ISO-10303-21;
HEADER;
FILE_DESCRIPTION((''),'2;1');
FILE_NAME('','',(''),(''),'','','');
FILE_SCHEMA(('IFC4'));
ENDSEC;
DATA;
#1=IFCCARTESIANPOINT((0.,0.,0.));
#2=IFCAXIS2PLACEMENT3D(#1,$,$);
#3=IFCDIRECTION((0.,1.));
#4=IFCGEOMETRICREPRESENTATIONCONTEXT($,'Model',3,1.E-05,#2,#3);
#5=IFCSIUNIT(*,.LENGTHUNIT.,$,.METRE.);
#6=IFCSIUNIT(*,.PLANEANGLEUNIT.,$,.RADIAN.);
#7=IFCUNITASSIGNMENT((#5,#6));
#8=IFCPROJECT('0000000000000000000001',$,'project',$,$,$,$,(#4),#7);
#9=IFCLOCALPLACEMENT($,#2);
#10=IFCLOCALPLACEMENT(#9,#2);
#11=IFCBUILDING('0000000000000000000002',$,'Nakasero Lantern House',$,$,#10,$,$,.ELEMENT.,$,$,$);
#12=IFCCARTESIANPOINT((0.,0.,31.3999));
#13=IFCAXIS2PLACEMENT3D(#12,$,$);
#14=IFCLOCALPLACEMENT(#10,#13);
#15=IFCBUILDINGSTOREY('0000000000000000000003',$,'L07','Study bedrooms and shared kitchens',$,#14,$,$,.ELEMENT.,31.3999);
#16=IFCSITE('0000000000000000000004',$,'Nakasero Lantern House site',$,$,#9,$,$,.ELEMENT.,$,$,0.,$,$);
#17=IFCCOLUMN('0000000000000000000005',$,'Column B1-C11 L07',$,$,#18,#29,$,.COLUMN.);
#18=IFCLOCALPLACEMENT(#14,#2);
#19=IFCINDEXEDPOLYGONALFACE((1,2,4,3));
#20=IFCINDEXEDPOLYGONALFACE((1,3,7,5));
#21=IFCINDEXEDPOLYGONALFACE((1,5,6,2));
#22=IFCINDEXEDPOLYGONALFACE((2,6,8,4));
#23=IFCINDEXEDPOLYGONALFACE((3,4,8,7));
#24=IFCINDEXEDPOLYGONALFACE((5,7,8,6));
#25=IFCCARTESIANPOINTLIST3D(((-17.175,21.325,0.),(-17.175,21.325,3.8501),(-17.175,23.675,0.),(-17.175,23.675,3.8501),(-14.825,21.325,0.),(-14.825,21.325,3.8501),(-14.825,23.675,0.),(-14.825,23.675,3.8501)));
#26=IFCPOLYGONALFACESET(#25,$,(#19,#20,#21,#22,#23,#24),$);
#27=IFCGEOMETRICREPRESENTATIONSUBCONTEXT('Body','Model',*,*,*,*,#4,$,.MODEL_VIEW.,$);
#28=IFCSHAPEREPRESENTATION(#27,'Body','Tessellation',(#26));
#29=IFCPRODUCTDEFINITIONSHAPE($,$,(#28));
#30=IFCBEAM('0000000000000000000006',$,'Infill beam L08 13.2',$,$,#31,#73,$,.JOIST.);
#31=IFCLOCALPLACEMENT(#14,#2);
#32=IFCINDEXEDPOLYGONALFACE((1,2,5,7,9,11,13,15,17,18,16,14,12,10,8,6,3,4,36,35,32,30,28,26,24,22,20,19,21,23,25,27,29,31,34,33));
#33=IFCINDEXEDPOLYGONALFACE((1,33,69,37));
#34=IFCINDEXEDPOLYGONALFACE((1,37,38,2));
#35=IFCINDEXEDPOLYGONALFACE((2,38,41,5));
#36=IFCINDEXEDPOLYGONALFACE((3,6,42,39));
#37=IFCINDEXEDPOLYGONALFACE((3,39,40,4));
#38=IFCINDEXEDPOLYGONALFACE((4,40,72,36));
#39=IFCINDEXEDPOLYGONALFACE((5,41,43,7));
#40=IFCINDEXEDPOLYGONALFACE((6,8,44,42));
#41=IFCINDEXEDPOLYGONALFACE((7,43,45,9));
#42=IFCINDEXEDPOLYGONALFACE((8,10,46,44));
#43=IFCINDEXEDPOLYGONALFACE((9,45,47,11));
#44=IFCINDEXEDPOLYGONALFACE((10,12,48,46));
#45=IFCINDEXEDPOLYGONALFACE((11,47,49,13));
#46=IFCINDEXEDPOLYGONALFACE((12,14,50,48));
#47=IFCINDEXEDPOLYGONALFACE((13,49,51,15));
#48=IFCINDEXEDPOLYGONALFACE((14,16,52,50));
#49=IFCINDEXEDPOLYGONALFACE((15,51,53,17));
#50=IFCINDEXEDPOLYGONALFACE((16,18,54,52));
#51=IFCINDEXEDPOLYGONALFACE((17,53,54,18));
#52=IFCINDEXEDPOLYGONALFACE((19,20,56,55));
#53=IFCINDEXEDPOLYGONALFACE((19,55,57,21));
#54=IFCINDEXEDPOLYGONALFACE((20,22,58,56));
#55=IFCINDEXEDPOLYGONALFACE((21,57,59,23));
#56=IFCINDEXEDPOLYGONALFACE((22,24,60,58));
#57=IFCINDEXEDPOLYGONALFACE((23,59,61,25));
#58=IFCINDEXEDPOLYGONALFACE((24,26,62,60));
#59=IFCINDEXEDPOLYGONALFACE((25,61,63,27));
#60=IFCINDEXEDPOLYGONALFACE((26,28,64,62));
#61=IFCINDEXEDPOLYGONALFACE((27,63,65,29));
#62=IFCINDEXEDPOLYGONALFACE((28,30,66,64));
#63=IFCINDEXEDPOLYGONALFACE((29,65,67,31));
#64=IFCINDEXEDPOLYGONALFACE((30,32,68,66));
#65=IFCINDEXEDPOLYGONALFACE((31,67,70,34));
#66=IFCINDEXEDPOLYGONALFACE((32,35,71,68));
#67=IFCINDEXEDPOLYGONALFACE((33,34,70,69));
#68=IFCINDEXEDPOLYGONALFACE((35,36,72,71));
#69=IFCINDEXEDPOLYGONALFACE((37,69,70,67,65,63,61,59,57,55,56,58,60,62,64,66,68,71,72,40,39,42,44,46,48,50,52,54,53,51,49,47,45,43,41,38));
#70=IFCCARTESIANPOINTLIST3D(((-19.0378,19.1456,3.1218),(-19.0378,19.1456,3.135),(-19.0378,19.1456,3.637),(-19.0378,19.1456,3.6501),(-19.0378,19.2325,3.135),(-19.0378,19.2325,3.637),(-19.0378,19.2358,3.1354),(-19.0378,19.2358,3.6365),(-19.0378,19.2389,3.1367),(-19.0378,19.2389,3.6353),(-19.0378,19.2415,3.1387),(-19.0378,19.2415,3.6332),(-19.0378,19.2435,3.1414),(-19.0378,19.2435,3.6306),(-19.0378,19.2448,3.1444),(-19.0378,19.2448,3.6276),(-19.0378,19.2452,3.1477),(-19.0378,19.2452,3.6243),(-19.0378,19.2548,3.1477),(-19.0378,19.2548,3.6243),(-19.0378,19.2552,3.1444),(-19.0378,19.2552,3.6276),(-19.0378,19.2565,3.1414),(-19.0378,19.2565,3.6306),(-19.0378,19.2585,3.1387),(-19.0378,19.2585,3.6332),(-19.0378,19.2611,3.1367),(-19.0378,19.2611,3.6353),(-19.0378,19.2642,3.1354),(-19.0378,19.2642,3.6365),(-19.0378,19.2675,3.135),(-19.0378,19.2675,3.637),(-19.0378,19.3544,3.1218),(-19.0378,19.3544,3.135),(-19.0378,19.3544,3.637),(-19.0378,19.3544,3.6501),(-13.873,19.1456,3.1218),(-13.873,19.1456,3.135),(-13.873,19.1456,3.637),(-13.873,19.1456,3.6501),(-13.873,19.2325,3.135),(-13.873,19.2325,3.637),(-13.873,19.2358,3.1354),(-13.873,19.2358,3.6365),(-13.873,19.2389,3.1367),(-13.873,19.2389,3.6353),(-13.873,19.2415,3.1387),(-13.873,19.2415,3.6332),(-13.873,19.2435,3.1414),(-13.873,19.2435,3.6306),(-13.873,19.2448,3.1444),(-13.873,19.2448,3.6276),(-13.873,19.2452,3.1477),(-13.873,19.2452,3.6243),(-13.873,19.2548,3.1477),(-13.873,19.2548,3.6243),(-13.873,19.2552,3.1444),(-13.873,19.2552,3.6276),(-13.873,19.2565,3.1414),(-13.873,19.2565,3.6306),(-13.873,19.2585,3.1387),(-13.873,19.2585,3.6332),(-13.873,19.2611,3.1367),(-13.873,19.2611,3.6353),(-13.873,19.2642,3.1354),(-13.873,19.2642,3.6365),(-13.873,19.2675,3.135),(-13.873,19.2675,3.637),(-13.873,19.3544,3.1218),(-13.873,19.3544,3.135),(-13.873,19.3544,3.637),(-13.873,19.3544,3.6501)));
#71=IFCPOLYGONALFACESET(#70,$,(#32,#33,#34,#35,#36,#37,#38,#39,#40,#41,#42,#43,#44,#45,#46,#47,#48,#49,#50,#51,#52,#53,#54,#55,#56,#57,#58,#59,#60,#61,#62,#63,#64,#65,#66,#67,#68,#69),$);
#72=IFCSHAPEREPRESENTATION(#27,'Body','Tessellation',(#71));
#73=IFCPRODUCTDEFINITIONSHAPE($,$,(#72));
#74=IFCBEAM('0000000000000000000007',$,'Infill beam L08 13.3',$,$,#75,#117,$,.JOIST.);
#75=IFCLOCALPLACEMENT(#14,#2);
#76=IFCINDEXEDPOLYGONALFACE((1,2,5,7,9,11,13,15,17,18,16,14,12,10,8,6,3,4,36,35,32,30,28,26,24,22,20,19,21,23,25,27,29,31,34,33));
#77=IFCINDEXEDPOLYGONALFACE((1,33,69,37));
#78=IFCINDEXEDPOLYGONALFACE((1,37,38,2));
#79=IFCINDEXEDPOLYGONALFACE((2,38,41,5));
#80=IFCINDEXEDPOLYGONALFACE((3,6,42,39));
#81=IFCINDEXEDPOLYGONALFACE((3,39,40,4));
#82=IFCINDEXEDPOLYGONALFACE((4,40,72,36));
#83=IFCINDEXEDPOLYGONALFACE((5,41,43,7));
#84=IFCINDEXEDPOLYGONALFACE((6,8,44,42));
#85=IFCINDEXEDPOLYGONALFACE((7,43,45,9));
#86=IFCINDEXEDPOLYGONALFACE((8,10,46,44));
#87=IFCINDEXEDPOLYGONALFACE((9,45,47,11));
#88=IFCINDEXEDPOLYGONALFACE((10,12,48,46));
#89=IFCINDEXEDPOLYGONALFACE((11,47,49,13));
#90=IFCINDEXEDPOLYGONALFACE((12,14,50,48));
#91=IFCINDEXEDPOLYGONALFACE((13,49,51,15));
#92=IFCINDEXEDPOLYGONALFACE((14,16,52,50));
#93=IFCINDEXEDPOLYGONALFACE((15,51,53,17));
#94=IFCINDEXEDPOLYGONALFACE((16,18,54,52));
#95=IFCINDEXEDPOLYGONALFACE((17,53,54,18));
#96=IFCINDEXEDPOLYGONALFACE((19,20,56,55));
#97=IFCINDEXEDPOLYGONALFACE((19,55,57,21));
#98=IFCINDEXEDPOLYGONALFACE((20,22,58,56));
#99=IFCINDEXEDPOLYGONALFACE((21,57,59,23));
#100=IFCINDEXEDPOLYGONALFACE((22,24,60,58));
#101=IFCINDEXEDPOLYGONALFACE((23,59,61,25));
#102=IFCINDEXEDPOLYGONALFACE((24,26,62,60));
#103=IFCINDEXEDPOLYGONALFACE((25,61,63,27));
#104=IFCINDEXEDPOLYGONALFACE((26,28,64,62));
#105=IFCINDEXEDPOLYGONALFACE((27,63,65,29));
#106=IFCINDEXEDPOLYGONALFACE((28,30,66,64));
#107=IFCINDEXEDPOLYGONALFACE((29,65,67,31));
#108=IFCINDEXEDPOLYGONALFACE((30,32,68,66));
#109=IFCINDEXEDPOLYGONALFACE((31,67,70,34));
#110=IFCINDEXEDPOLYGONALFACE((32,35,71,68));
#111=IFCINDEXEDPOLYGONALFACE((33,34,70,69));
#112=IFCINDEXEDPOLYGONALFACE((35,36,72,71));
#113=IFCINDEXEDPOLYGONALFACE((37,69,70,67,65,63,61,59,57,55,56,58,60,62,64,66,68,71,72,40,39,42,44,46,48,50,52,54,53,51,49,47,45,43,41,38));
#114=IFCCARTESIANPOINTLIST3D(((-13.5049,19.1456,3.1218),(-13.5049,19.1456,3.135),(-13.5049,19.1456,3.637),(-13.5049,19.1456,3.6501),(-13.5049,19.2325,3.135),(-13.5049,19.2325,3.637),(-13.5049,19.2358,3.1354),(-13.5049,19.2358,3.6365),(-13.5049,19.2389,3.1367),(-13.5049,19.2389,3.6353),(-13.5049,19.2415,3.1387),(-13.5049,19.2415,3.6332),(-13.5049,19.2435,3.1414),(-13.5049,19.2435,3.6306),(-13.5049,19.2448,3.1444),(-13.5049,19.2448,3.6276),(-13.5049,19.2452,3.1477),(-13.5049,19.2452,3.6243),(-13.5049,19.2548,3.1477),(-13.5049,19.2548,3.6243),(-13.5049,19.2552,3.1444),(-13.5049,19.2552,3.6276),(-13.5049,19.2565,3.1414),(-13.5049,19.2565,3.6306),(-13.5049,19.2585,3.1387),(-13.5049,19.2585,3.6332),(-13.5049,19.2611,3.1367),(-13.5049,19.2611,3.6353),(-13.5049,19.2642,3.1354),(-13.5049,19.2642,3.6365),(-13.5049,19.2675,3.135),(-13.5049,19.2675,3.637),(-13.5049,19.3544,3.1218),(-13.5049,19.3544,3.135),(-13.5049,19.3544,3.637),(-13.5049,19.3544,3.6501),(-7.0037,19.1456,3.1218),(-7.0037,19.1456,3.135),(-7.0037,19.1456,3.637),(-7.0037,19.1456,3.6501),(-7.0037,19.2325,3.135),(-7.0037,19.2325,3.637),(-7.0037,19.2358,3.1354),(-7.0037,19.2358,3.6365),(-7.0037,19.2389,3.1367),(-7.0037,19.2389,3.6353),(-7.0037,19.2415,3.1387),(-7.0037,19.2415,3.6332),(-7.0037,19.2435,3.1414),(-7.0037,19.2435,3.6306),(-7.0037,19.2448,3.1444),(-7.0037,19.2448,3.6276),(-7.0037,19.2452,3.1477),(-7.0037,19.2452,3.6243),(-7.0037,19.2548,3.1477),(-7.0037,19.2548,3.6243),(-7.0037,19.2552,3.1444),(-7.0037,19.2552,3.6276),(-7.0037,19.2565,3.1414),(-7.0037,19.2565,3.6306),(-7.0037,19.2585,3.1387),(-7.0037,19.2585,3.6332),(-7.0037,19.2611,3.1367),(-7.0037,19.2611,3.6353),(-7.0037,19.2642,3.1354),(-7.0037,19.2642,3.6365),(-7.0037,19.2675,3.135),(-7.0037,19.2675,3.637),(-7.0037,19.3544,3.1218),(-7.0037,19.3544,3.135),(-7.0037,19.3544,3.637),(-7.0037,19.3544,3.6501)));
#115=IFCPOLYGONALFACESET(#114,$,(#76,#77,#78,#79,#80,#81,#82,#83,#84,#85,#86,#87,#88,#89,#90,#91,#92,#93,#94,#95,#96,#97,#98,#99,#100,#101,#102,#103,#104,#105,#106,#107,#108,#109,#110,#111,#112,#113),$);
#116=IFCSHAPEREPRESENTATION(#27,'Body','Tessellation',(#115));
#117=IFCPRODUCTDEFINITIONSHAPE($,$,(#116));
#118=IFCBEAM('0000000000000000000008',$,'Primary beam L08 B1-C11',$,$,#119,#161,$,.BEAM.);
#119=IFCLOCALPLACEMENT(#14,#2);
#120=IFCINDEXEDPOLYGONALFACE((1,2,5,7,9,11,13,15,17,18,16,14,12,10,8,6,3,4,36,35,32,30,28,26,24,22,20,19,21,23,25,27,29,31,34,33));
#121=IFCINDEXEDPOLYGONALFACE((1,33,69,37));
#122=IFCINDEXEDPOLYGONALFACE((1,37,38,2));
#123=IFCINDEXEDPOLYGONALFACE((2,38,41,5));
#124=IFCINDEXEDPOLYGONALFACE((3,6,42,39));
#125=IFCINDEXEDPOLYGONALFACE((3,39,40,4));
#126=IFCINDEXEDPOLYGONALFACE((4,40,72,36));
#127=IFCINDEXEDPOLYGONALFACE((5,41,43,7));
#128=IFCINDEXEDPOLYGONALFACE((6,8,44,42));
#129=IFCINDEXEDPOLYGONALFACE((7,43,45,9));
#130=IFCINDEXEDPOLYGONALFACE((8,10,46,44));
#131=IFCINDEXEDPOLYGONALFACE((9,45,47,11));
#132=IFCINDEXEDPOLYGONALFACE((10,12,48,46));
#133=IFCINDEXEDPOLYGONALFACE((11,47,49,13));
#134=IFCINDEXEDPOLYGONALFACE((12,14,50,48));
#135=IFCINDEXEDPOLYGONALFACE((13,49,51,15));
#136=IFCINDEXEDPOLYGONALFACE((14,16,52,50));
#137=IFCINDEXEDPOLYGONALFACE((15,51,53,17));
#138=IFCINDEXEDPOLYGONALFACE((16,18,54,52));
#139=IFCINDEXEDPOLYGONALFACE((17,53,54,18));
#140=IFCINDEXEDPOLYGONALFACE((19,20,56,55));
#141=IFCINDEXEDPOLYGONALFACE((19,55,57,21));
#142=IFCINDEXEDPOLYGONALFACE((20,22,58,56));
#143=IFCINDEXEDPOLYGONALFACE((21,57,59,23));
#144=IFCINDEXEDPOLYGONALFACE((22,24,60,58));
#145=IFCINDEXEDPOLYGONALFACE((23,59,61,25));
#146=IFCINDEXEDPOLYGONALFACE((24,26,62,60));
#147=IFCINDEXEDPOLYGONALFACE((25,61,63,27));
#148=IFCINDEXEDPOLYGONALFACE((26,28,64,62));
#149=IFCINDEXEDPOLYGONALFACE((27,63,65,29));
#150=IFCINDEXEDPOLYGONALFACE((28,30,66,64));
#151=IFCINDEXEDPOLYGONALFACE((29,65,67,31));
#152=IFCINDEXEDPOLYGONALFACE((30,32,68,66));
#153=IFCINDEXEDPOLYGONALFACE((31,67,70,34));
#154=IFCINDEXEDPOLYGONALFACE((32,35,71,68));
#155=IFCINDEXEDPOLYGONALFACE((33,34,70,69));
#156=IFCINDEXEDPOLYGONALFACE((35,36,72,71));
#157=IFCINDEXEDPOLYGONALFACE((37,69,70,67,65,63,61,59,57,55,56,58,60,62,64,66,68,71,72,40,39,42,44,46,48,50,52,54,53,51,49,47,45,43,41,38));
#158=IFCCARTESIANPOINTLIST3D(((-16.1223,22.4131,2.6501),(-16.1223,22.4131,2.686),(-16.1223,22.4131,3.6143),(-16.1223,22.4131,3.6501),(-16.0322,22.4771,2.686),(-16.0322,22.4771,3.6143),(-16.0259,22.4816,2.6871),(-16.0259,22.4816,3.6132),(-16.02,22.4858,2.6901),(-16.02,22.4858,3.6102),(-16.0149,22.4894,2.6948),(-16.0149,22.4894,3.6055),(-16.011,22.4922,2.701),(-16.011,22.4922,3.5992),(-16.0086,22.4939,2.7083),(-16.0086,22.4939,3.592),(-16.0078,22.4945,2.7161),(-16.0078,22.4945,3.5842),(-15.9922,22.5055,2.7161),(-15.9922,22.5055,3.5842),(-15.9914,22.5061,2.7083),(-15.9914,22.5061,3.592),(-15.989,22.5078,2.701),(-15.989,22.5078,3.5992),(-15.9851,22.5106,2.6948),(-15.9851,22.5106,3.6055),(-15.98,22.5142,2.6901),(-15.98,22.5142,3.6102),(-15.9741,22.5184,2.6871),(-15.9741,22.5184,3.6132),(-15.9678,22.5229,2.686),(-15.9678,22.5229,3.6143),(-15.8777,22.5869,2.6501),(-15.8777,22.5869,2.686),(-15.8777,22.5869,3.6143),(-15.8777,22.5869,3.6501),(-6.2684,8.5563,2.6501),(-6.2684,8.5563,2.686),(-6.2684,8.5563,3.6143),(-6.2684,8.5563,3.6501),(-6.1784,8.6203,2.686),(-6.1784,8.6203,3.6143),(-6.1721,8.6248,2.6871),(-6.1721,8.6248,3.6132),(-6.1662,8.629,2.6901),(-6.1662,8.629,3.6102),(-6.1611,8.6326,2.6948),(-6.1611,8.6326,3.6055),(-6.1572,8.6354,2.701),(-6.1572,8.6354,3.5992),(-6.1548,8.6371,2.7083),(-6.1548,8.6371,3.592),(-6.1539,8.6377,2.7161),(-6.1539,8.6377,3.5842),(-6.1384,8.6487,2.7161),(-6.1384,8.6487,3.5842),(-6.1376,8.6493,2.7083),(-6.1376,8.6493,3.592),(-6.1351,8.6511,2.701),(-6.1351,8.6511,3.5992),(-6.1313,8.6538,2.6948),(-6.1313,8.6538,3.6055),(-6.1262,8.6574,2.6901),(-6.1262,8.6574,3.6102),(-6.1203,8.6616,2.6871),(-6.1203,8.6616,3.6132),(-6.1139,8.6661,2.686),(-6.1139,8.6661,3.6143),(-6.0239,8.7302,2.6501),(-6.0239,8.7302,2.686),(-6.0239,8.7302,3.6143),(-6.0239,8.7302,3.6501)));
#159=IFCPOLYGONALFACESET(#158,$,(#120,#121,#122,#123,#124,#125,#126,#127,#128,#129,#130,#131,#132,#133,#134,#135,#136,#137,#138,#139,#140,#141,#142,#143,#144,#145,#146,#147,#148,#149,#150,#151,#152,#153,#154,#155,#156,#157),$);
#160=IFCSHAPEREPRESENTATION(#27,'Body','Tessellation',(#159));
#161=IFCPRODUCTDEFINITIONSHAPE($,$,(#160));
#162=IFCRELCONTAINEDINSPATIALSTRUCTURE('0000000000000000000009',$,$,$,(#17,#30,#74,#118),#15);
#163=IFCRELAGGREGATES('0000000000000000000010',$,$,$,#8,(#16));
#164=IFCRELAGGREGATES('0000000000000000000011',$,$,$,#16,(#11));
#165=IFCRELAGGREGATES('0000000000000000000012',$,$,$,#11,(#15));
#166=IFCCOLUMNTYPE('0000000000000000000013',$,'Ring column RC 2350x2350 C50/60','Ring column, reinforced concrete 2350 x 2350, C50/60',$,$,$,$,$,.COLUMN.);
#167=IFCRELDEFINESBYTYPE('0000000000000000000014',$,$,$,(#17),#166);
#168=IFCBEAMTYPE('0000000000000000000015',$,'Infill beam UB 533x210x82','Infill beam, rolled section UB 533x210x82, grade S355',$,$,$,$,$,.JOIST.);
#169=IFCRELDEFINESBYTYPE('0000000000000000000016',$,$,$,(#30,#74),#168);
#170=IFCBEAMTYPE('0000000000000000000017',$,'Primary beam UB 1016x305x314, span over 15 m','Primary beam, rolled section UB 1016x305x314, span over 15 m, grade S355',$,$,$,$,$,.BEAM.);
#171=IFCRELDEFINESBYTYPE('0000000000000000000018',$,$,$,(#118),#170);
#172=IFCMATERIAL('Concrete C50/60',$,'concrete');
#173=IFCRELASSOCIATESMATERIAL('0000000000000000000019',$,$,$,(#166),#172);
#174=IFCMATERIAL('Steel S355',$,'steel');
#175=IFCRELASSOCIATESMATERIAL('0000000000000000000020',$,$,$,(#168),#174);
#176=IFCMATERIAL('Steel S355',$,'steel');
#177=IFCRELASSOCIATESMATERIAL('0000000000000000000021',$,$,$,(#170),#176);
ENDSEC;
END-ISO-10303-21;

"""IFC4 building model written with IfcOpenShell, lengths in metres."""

from ifc_helpers import new_model, si_unit, direction, frame, origin, origin_2d, place, context, subcontext, project, spatial, rectangle, i_section, extrude, material, material_profile, profile_set, type_object, element, save


model = new_model("IFC4")

# Units and contexts
model_context = context("Model", 3, precision=1e-05, world=origin(), true_north=direction((0.0, 1.0)))
body_context = subcontext(model_context, "Body", "Model", "MODEL_VIEW")
ifc_project = project(units=[si_unit("LENGTHUNIT", "METRE"), si_unit("PLANEANGLEUNIT", "RADIAN")], contexts=[model_context])

# Site, building, storey
site_placement = place(None, origin())
site = spatial("IfcSite", under=ifc_project, at=site_placement, Name="Nakasero Lantern House site", CompositionType="ELEMENT", RefElevation=0.0)
building_placement = place(site_placement, origin())
building = spatial("IfcBuilding", under=site, at=building_placement, Name="Nakasero Lantern House", CompositionType="ELEMENT")
storey_placement = place(building_placement, frame((0.0, 0.0, 31.3999)))
storey = spatial("IfcBuildingStorey", under=building, at=storey_placement, Name="L07", Description="Study bedrooms and shared kitchens", CompositionType="ELEMENT", Elevation=31.3999)

# Column
ifc_material_1 = material(Name="Concrete C50/60", Category="concrete")
ifc_material_profile_1 = material_profile(ifc_material_1, rectangle(XDim=2.3501, YDim=2.3501, at=origin_2d()), Name="RC 2350x2350")
ifc_profile_set_1 = profile_set([ifc_material_profile_1], Name="Concrete C50/60")
column_type = type_object("IfcColumnType", Name="Ring column RC 2350x2350 C50/60", Description="Ring column, reinforced concrete 2350 x 2350, C50/60", PredefinedType="COLUMN", material=ifc_profile_set_1)
column_placement = place(storey_placement, frame((-16.0, 22.5, 0.0), z_axis=(0.0, 0.0, 1.0), x_axis=(1.0, 0.0, 0.0)))
element("IfcColumn", 1, at=column_placement, inside=storey, type_object=column_type, Name="Column B1-C11 L07", PredefinedType="COLUMN", context=body_context, shape_type="SweptSolid", body=[
    extrude(rectangle(XDim=2.3501, YDim=2.3501, at=origin_2d()), origin(), (0.0, 0.0, 1.0), 3.8501),
])

# Beams
ifc_material_2 = material(Name="Steel S355", Category="steel")
ifc_material_profile_2 = material_profile(ifc_material_2, i_section(OverallWidth=0.2087, OverallDepth=0.5283, WebThickness=0.0095, FlangeThickness=0.0132, FilletRadius=0.0127, at=origin_2d()), Name="UB 533x210x82")
ifc_profile_set_2 = profile_set([ifc_material_profile_2], Name="Steel S355")
beam_type_1 = type_object("IfcBeamType", Name="Infill beam UB 533x210x82", Description="Infill beam, rolled section UB 533x210x82, grade S355", PredefinedType="JOIST", material=ifc_profile_set_2)
beam_1_placement = place(storey_placement, frame((-19.0378, 19.25, 3.386), z_axis=(1.0, 0.0, 0.0), x_axis=(0.0, 1.0, 0.0)))
element("IfcBeam", 2, at=beam_1_placement, inside=storey, type_object=beam_type_1, Name="Infill beam L08 13.2", PredefinedType="JOIST", context=body_context, shape_type="SweptSolid", body=[
    extrude(i_section(OverallWidth=0.2087, OverallDepth=0.5283, WebThickness=0.0095, FlangeThickness=0.0132, FilletRadius=0.0127, at=origin_2d()), origin(), (0.0, 0.0, 1.0), 5.1648),
])
beam_2_placement = place(storey_placement, frame((-13.5049, 19.25, 3.386), z_axis=(1.0, 0.0, 0.0), x_axis=(0.0, 1.0, 0.0)))
element("IfcBeam", 3, at=beam_2_placement, inside=storey, type_object=beam_type_1, Name="Infill beam L08 13.3", PredefinedType="JOIST", context=body_context, shape_type="SweptSolid", body=[
    extrude(i_section(OverallWidth=0.2087, OverallDepth=0.5283, WebThickness=0.0095, FlangeThickness=0.0132, FilletRadius=0.0127, at=origin_2d()), origin(), (0.0, 0.0, 1.0), 6.5012),
])
ifc_material_3 = material(Name="Steel S355", Category="steel")
ifc_material_profile_3 = material_profile(ifc_material_3, i_section(OverallWidth=0.3, OverallDepth=1.0, WebThickness=0.019, FlangeThickness=0.0359, FilletRadius=0.03, at=origin_2d()), Name="UB 1016x305x314")
ifc_profile_set_3 = profile_set([ifc_material_profile_3], Name="Steel S355")
beam_type_2 = type_object("IfcBeamType", Name="Primary beam UB 1016x305x314, span over 15 m", Description="Primary beam, rolled section UB 1016x305x314, span over 15 m, grade S355", PredefinedType="BEAM", material=ifc_profile_set_3)
beam_3_placement = place(storey_placement, frame((-16.0, 22.5, 3.1501), z_axis=(0.579528, -0.814952, 0.0), x_axis=(0.814952, 0.579528, 0.0)))
element("IfcBeam", 4, at=beam_3_placement, inside=storey, type_object=beam_type_2, Name="Primary beam L08 B1-C11", PredefinedType="BEAM", context=body_context, shape_type="SweptSolid", body=[
    extrude(i_section(OverallWidth=0.3, OverallDepth=1.0, WebThickness=0.019, FlangeThickness=0.0359, FilletRadius=0.03, at=origin_2d()), origin(), (0.0, 0.0, 1.0), 17.0032),
])

save(model, "model.ifc")
